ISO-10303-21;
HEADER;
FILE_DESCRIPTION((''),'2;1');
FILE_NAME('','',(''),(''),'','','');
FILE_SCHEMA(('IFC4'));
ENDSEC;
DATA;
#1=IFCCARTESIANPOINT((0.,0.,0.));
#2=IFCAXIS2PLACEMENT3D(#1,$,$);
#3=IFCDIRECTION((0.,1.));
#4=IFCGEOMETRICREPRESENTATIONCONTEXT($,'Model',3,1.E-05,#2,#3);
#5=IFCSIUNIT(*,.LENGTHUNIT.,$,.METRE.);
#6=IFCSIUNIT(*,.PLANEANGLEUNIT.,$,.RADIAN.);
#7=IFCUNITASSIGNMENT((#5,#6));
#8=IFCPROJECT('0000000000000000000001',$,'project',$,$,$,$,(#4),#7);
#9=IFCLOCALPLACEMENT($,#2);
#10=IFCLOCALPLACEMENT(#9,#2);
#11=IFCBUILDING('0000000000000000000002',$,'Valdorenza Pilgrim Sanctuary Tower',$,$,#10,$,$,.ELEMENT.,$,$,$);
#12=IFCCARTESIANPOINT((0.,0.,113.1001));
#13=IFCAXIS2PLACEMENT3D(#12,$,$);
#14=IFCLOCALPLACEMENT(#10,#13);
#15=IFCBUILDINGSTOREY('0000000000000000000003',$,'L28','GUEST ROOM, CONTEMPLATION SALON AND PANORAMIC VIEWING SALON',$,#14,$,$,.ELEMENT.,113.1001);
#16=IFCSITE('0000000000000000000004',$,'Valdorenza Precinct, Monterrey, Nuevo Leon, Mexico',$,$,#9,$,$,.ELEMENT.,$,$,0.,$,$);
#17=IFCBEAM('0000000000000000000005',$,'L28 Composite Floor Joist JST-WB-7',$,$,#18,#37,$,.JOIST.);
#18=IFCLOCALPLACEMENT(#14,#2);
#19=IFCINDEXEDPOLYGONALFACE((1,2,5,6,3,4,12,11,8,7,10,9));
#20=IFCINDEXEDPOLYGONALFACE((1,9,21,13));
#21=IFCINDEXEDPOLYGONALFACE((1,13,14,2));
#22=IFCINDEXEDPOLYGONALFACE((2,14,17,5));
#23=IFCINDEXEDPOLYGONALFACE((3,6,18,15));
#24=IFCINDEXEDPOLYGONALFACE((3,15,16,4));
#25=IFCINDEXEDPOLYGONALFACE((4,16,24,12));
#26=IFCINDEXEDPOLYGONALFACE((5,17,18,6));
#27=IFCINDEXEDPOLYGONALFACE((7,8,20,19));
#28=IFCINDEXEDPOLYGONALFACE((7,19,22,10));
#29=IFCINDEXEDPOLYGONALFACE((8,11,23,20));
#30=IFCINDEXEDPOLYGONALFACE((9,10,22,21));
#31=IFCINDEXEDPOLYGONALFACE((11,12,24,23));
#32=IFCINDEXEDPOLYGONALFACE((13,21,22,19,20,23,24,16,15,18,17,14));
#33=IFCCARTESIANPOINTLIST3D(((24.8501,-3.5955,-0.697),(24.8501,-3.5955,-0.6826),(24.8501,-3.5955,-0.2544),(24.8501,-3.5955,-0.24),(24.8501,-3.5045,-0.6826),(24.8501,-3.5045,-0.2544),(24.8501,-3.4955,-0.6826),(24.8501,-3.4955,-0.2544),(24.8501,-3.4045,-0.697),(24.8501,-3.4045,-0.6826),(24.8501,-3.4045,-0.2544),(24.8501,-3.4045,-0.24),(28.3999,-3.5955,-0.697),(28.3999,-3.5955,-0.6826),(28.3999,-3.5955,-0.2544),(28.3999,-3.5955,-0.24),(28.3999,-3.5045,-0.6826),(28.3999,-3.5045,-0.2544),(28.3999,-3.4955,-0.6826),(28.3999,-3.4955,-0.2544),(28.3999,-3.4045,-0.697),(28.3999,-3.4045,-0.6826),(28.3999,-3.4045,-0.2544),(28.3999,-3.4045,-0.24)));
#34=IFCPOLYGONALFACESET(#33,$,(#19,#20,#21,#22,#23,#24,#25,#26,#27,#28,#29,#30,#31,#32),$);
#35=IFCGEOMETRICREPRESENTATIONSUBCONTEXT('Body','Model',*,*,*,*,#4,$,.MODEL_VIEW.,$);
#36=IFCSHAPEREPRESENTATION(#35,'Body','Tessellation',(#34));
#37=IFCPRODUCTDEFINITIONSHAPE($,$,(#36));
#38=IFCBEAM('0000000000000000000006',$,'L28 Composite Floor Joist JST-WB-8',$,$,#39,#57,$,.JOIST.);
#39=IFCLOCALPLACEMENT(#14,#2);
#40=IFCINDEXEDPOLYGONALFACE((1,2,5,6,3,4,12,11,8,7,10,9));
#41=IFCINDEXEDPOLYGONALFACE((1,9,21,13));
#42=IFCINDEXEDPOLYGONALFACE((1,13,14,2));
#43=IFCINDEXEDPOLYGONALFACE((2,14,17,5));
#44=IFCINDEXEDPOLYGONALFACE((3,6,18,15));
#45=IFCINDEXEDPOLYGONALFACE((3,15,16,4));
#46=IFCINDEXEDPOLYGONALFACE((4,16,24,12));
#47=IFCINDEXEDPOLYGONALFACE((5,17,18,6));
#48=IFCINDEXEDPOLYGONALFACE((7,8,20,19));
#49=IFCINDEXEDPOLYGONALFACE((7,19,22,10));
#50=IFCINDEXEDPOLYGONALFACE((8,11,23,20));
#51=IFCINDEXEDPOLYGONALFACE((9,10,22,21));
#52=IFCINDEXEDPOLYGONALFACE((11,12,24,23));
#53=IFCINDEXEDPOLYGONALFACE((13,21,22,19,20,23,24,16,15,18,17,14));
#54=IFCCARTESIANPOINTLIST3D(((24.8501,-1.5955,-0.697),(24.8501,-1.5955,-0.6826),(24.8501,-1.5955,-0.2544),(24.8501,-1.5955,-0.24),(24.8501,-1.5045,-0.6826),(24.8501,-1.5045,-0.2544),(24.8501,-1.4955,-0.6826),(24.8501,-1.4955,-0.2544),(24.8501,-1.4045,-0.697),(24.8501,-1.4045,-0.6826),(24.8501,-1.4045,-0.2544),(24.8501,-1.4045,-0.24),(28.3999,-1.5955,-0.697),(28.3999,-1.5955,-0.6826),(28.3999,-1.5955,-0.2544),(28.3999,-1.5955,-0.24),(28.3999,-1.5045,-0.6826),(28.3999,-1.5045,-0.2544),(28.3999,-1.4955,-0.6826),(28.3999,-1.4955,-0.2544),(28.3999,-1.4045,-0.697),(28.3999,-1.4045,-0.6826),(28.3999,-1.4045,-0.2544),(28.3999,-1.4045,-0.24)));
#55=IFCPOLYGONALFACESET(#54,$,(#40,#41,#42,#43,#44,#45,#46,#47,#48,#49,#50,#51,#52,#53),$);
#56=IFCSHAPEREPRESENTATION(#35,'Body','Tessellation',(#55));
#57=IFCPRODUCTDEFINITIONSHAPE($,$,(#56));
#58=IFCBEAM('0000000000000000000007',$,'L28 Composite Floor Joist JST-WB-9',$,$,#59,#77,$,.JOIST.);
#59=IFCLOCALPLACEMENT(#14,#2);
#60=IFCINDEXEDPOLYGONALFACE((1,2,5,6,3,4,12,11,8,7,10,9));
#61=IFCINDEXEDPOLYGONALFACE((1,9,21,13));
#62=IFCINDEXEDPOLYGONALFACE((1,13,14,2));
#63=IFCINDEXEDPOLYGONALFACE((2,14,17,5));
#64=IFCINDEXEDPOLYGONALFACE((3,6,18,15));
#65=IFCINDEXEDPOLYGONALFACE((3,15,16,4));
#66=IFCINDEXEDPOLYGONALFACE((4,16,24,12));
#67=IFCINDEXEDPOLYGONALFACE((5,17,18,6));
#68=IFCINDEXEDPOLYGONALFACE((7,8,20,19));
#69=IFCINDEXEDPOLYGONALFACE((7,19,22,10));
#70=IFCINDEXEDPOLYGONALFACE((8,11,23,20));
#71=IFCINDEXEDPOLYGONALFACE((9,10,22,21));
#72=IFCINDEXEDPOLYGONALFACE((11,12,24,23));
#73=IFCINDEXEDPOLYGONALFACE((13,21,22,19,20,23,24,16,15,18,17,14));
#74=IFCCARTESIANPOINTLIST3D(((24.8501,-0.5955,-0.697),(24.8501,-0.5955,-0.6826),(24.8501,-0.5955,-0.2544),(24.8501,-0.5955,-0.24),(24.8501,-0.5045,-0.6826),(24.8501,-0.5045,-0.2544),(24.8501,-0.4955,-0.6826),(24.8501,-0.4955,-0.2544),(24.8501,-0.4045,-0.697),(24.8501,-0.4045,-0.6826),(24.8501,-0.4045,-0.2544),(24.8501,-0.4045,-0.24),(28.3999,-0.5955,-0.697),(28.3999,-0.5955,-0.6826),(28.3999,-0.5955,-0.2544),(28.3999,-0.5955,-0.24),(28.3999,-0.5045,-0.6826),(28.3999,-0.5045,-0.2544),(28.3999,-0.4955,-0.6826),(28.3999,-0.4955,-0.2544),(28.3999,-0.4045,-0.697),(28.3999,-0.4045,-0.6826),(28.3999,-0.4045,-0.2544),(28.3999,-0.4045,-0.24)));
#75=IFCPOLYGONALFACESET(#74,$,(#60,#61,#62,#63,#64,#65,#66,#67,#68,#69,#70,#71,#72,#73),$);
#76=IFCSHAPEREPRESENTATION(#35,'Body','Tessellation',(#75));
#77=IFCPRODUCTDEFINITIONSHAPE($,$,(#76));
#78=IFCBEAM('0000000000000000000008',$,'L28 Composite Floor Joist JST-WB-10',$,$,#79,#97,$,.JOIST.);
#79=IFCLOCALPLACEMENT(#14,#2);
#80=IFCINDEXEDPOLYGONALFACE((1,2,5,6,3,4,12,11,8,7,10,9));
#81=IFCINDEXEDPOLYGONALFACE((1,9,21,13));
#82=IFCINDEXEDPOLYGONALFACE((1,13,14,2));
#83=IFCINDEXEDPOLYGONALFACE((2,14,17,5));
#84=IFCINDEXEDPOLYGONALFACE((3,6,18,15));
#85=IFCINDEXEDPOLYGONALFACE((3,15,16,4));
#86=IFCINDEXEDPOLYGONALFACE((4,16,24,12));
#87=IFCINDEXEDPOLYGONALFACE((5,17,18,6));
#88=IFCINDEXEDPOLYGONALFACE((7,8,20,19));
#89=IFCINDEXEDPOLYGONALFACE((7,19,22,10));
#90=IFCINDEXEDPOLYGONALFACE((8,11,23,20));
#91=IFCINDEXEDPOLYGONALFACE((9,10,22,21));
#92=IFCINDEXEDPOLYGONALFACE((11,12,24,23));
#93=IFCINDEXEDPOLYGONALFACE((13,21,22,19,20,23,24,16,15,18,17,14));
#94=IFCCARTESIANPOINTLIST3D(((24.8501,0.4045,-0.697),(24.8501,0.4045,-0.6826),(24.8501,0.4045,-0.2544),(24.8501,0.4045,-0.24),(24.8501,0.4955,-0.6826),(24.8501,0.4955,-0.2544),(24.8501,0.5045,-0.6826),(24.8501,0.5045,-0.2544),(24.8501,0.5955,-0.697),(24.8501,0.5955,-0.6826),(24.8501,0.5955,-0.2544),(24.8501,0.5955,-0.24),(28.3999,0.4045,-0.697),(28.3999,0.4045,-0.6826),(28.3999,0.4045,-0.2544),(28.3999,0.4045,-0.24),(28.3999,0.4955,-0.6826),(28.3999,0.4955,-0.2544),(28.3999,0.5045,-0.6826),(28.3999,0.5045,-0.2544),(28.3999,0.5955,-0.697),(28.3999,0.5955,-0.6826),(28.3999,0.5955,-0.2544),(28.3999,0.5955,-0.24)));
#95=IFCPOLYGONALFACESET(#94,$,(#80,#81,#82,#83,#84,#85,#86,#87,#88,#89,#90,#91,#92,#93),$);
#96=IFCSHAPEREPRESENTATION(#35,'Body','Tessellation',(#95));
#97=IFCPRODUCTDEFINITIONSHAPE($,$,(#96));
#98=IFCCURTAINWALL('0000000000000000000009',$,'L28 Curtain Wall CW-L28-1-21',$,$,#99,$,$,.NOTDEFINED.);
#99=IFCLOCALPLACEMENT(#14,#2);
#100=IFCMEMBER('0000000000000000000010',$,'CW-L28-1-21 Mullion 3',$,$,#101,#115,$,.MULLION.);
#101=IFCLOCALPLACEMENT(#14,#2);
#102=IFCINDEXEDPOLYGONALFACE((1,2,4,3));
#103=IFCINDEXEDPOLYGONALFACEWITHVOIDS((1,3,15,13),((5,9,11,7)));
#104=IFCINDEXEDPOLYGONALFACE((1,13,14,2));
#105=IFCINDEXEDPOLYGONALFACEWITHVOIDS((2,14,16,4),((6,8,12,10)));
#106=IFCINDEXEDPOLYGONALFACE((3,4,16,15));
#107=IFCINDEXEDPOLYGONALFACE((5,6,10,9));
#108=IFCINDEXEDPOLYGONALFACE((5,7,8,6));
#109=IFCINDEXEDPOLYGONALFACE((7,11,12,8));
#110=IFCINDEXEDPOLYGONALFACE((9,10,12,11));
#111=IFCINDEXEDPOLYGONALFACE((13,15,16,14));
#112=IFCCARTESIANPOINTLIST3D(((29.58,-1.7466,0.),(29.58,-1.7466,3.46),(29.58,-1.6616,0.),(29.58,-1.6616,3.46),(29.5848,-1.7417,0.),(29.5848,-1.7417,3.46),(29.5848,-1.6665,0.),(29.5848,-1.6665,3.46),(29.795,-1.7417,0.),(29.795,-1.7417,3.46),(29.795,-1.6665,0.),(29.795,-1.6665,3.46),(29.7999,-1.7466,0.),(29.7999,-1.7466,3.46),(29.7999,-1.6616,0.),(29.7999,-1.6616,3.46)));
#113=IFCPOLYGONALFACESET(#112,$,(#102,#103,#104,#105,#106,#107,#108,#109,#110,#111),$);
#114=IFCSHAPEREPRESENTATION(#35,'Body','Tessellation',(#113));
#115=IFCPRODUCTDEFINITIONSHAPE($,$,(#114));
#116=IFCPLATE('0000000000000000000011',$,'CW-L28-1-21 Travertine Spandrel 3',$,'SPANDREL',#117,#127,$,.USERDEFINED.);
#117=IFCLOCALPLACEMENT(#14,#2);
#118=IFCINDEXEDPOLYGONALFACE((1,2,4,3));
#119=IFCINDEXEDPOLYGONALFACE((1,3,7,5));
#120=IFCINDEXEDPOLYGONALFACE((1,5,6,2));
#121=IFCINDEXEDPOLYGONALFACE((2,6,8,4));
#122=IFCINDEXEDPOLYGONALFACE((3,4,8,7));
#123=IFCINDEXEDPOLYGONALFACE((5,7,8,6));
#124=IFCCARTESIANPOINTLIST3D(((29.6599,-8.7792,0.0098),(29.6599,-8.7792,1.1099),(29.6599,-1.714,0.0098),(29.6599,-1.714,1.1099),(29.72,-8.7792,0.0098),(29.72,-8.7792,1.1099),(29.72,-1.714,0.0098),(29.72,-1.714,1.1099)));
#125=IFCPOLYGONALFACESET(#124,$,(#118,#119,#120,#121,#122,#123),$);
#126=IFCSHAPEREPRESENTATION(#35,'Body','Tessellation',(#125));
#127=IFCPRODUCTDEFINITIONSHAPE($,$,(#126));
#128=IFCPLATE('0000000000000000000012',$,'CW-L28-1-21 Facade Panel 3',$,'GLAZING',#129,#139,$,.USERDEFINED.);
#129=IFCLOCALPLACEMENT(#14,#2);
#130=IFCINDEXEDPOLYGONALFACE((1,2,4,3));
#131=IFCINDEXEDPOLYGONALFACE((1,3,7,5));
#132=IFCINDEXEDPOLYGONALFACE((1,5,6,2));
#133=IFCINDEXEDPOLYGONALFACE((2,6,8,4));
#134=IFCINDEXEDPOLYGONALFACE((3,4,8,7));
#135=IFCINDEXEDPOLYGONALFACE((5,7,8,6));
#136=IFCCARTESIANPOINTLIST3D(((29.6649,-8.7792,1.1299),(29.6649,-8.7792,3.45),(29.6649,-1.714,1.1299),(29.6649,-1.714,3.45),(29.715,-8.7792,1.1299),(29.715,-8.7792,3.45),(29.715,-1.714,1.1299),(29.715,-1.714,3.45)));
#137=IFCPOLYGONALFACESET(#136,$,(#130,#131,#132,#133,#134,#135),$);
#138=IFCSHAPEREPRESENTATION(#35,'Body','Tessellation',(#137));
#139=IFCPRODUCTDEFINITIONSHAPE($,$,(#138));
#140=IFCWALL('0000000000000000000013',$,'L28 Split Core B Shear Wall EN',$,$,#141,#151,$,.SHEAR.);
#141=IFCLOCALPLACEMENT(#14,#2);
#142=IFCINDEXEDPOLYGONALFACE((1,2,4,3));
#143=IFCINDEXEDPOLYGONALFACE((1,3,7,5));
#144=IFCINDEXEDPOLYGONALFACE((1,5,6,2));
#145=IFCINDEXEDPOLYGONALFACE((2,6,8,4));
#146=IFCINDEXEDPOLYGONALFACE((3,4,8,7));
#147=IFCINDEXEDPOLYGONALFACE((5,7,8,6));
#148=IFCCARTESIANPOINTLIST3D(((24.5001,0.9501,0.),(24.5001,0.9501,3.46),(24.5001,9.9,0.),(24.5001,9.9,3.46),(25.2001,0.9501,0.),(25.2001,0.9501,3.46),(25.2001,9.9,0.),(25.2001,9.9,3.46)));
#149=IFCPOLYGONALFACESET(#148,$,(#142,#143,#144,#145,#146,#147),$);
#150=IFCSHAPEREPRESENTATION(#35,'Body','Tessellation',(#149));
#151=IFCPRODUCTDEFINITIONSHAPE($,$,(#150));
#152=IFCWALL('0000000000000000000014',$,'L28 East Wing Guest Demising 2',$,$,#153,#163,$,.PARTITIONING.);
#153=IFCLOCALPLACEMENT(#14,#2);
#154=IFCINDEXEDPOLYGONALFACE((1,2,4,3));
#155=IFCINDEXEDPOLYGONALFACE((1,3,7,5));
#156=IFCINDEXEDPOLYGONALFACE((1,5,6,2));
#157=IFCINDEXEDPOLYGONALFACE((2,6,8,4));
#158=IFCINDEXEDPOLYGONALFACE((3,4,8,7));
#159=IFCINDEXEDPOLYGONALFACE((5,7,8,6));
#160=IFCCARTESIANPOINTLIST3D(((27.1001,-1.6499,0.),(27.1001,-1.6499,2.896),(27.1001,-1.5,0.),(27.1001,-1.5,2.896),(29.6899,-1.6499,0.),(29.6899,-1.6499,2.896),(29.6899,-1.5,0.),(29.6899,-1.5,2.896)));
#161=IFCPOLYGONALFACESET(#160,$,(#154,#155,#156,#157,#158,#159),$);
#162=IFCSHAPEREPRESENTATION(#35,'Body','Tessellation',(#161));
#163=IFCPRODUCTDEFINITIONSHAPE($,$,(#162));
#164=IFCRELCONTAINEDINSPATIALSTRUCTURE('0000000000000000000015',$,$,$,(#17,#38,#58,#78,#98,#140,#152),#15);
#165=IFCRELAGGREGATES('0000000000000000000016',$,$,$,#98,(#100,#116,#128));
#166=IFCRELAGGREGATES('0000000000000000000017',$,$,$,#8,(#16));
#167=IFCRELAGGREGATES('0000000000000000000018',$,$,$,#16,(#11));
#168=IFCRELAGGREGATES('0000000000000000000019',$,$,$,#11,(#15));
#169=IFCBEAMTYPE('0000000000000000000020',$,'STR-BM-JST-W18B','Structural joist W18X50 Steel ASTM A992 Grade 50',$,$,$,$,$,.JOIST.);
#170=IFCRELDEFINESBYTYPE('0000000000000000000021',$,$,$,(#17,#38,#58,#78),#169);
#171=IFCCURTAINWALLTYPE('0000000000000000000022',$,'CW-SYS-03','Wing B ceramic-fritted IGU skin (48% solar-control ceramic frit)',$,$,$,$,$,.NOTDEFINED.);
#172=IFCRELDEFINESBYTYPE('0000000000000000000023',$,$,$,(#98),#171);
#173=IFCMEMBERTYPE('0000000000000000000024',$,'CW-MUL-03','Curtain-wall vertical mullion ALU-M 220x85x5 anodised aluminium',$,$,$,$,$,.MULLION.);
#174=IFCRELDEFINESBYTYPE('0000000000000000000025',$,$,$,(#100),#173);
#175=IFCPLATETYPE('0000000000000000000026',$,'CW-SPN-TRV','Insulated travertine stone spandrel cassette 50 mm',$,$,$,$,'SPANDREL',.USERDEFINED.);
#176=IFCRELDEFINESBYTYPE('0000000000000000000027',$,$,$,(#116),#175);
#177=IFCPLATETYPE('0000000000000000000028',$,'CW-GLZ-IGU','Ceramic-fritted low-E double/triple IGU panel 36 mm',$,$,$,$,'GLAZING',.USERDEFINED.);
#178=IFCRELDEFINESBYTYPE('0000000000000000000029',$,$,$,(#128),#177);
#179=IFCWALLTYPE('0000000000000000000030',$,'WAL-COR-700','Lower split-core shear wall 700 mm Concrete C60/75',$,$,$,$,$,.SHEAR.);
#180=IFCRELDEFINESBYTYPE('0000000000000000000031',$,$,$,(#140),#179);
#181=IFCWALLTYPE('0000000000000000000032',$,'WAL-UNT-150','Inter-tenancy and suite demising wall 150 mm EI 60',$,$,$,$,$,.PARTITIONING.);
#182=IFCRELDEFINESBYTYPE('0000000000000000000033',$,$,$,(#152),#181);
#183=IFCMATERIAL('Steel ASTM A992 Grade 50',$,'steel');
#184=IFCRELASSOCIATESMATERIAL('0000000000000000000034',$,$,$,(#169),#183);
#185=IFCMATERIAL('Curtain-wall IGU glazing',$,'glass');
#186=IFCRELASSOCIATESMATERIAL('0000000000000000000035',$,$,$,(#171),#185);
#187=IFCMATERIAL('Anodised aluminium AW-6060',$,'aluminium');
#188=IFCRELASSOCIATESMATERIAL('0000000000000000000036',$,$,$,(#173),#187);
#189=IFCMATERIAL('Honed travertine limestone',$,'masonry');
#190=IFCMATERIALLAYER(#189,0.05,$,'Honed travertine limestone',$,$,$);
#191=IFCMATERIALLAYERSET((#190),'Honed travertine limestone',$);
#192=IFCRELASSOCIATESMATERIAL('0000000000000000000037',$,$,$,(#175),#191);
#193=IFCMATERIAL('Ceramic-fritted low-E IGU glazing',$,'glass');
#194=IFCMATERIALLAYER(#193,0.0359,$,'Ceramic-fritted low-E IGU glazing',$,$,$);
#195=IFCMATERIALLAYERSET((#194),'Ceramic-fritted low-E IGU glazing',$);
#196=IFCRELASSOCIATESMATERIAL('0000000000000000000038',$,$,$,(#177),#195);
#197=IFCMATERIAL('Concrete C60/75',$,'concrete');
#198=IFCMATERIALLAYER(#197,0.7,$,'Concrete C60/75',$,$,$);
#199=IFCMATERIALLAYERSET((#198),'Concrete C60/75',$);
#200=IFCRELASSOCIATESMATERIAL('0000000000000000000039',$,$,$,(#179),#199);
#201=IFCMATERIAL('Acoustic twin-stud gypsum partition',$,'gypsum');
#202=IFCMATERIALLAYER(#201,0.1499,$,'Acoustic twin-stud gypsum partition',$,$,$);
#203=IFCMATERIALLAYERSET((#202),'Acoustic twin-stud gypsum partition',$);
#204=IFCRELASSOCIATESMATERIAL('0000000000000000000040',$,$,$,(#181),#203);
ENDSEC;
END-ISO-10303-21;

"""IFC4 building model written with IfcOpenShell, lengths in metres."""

from ifc_helpers import new_model, si_unit, direction, frame, frame_2d, origin, origin_2d, place, context, subcontext, project, spatial, rectangle, hollow_rectangle, i_section, extrude, source, transform, mapped, material, layer, layer_set, material_profile, profile_set, type_object, element, aggregate, save


model = new_model("IFC4")

# Units and contexts
model_context = context("Model", 3, precision=1e-05, world=origin(), true_north=direction((0.0, 1.0)))
body_context = subcontext(model_context, "Body", "Model", "MODEL_VIEW")
ifc_project = project(units=[si_unit("LENGTHUNIT", "METRE"), si_unit("PLANEANGLEUNIT", "RADIAN")], contexts=[model_context])

# Site, building, storey
site_placement = place(None, origin())
site = spatial("IfcSite", under=ifc_project, at=site_placement, Name="Valdorenza Precinct, Monterrey, Nuevo Leon, Mexico", CompositionType="ELEMENT", RefElevation=0.0)
building_placement = place(site_placement, origin())
building = spatial("IfcBuilding", under=site, at=building_placement, Name="Valdorenza Pilgrim Sanctuary Tower", CompositionType="ELEMENT")
storey_placement = place(building_placement, frame((0.0, 0.0, 113.1001)))
storey = spatial("IfcBuildingStorey", under=building, at=storey_placement, Name="L28", Description="GUEST ROOM, CONTEMPLATION SALON AND PANORAMIC VIEWING SALON", CompositionType="ELEMENT", Elevation=113.1001)

# Shared definitions
ifc_material_1 = material(Name="Concrete C60/75", Category="concrete")
ifc_material_2 = material(Name="Steel ASTM A992 Grade 50", Category="steel")

# Beams
ifc_material_profile_1 = material_profile(ifc_material_2, i_section(OverallWidth=0.1909, OverallDepth=0.457, WebThickness=0.009, FlangeThickness=0.0144, at=origin_2d()), Name="W18X50")
ifc_profile_set_1 = profile_set([ifc_material_profile_1], Name="Steel ASTM A992 Grade 50")
beam_type_1 = type_object("IfcBeamType", Name="STR-BM-JST-W18B", Description="Structural joist W18X50 Steel ASTM A992 Grade 50", PredefinedType="JOIST", material=ifc_profile_set_1)
shared_shape_1 = source(origin(), body_context, "Body", "SweptSolid", [
    extrude(i_section(OverallWidth=0.1909, OverallDepth=0.457, WebThickness=0.009, FlangeThickness=0.0144, at=origin_2d()), origin(), (0.0, 0.0, 1.0), 3.5498),
])
for number, where, z_axis, x_axis, name in (
    (1, (24.8501, -3.5, -0.4685), (1.0, 0.0, 0.0), (0.0, 1.0, 0.0), "L28 Composite Floor Joist JST-WB-7"),
    (2, (24.8501, -1.5, -0.4685), (1.0, 0.0, 0.0), (0.0, 1.0, 0.0), "L28 Composite Floor Joist JST-WB-8"),
    (3, (24.8501, -0.5, -0.4685), (1.0, 0.0, 0.0), (0.0, 1.0, 0.0), "L28 Composite Floor Joist JST-WB-9"),
    (4, (24.8501, 0.5, -0.4685), (1.0, 0.0, 0.0), (0.0, 1.0, 0.0), "L28 Composite Floor Joist JST-WB-10"),
):
    element("IfcBeam", number, at=place(storey_placement, frame(where, z_axis=z_axis, x_axis=x_axis)), inside=storey, type_object=beam_type_1, Name=name, PredefinedType="JOIST", context=body_context, shape_type="MappedRepresentation", body=[
        mapped(shared_shape_1, transform((0.0, 0.0, 0.0), x_axis=(1.0, 0.0, 0.0), y_axis=(0.0, 1.0, 0.0), z_axis=(0.0, 0.0, 1.0), scale=1.0)),
    ])

# Curtain wall, member, plates
ifc_material_3 = material(Name="Curtain-wall IGU glazing", Category="glass")
curtain_wall_type = type_object("IfcCurtainWallType", Name="CW-SYS-03", Description="Wing B ceramic-fritted IGU skin (48% solar-control ceramic frit)", PredefinedType="NOTDEFINED", material=ifc_material_3)
curtain_wall_placement = place(storey_placement, origin())
curtain_wall = element("IfcCurtainWall", 5, at=curtain_wall_placement, inside=storey, type_object=curtain_wall_type, Name="L28 Curtain Wall CW-L28-1-21", PredefinedType="NOTDEFINED")
ifc_material_4 = material(Name="Anodised aluminium AW-6060", Category="aluminium")
ifc_material_profile_2 = material_profile(ifc_material_4, hollow_rectangle(XDim=0.085, YDim=0.22, WallThickness=0.0049, at=origin_2d()), Name="ALU-M 220x85x5")
ifc_profile_set_2 = profile_set([ifc_material_profile_2], Name="Anodised aluminium AW-6060")
member_type = type_object("IfcMemberType", Name="CW-MUL-03", Description="Curtain-wall vertical mullion ALU-M 220x85x5 anodised aluminium", PredefinedType="MULLION", material=ifc_profile_set_2)
shared_shape_2 = source(origin(), body_context, "Body", "SweptSolid", [
    extrude(hollow_rectangle(XDim=0.085, YDim=0.22, WallThickness=0.0049, at=origin_2d()), origin(), (0.0, 0.0, 1.0), 3.46),
])
member_placement = place(storey_placement, frame((29.6899, -1.7041, 0.0), z_axis=(0.0, 0.0, 1.0), x_axis=(0.0, -1.0, 0.0)))
member = element("IfcMember", 6, at=member_placement, type_object=member_type, Name="CW-L28-1-21 Mullion 3", PredefinedType="MULLION", context=body_context, shape_type="MappedRepresentation", body=[
    mapped(shared_shape_2, transform((0.0, 0.0, 0.0), x_axis=(1.0, 0.0, 0.0), y_axis=(0.0, 1.0, 0.0), z_axis=(0.0, 0.0, 1.0), scale=1.0)),
])
ifc_material_5 = material(Name="Honed travertine limestone", Category="masonry")
ifc_layer_1 = layer(ifc_material_5, 0.05, Name="Honed travertine limestone")
ifc_layer_set_1 = layer_set([ifc_layer_1], Name="Honed travertine limestone")
plate_type_1 = type_object("IfcPlateType", Name="CW-SPN-TRV", Description="Insulated travertine stone spandrel cassette 50 mm", ElementType="SPANDREL", PredefinedType="USERDEFINED", material=ifc_layer_set_1)
shared_shape_3 = source(origin(), body_context, "Body", "SweptSolid", [
    extrude(rectangle(XDim=7.0652, YDim=0.0601, at=origin_2d()), origin(), (0.0, 0.0, 1.0), 1.1001),
])
plate_1_placement = place(storey_placement, frame((29.6899, -5.2466, 0.0098), z_axis=(0.0, 0.0, 1.0), x_axis=(0.0, -1.0, 0.0)))
plate_1 = element("IfcPlate", 7, at=plate_1_placement, type_object=plate_type_1, Name="CW-L28-1-21 Travertine Spandrel 3", ObjectType="SPANDREL", PredefinedType="USERDEFINED", context=body_context, shape_type="MappedRepresentation", body=[
    mapped(shared_shape_3, transform((0.0, 0.0, 0.0), x_axis=(1.0, 0.0, 0.0), y_axis=(0.0, 1.0, 0.0), z_axis=(0.0, 0.0, 1.0), scale=1.0)),
])
ifc_material_6 = material(Name="Ceramic-fritted low-E IGU glazing", Category="glass")
ifc_layer_2 = layer(ifc_material_6, 0.0359, Name="Ceramic-fritted low-E IGU glazing")
ifc_layer_set_2 = layer_set([ifc_layer_2], Name="Ceramic-fritted low-E IGU glazing")
plate_type_2 = type_object("IfcPlateType", Name="CW-GLZ-IGU", Description="Ceramic-fritted low-E double/triple IGU panel 36 mm", ElementType="GLAZING", PredefinedType="USERDEFINED", material=ifc_layer_set_2)
shared_shape_4 = source(origin(), body_context, "Body", "SweptSolid", [
    extrude(rectangle(XDim=7.0652, YDim=0.05, at=origin_2d()), origin(), (0.0, 0.0, 1.0), 2.3201),
])
plate_2_placement = place(storey_placement, frame((29.6899, -5.2466, 1.1299), z_axis=(0.0, 0.0, 1.0), x_axis=(0.0, -1.0, 0.0)))
plate_2 = element("IfcPlate", 8, at=plate_2_placement, type_object=plate_type_2, Name="CW-L28-1-21 Facade Panel 3", ObjectType="GLAZING", PredefinedType="USERDEFINED", context=body_context, shape_type="MappedRepresentation", body=[
    mapped(shared_shape_4, transform((0.0, 0.0, 0.0), x_axis=(1.0, 0.0, 0.0), y_axis=(0.0, 1.0, 0.0), z_axis=(0.0, 0.0, 1.0), scale=1.0)),
])
aggregate(curtain_wall, [member, plate_1, plate_2])

# Walls
ifc_layer_3 = layer(ifc_material_1, 0.7, Name="Concrete C60/75")
ifc_layer_set_3 = layer_set([ifc_layer_3], Name="Concrete C60/75")
wall_type_1 = type_object("IfcWallType", Name="WAL-COR-700", Description="Lower split-core shear wall 700 mm Concrete C60/75", PredefinedType="SHEAR", material=ifc_layer_set_3)
wall_1_placement = place(storey_placement, frame((24.8501, 0.95, 0.0), z_axis=(0.0, 0.0, 1.0), x_axis=(0.0, 1.0, 0.0)))
element("IfcWall", 9, at=wall_1_placement, inside=storey, type_object=wall_type_1, Name="L28 Split Core B Shear Wall EN", PredefinedType="SHEAR", context=body_context, shape_type="SweptSolid", body=[
    extrude(rectangle(XDim=8.95, YDim=0.7, at=frame_2d((4.4751, 0.0))), origin(), (0.0, 0.0, 1.0), 3.46),
])
ifc_material_7 = material(Name="Acoustic twin-stud gypsum partition", Category="gypsum")
ifc_layer_4 = layer(ifc_material_7, 0.1499, Name="Acoustic twin-stud gypsum partition")
ifc_layer_set_4 = layer_set([ifc_layer_4], Name="Acoustic twin-stud gypsum partition")
wall_type_2 = type_object("IfcWallType", Name="WAL-UNT-150", Description="Inter-tenancy and suite demising wall 150 mm EI 60", PredefinedType="PARTITIONING", material=ifc_layer_set_4)
wall_2_placement = place(storey_placement, frame((27.1001, -1.575, 0.0), z_axis=(0.0, 0.0, 1.0), x_axis=(1.0, 0.0, 0.0)))
element("IfcWall", 10, at=wall_2_placement, inside=storey, type_object=wall_type_2, Name="L28 East Wing Guest Demising 2", PredefinedType="PARTITIONING", context=body_context, shape_type="SweptSolid", body=[
    extrude(rectangle(XDim=2.5898, YDim=0.1499, at=frame_2d((1.2949, 0.0))), origin(), (0.0, 0.0, 1.0), 2.896),
])

save(model, "model.ifc")
